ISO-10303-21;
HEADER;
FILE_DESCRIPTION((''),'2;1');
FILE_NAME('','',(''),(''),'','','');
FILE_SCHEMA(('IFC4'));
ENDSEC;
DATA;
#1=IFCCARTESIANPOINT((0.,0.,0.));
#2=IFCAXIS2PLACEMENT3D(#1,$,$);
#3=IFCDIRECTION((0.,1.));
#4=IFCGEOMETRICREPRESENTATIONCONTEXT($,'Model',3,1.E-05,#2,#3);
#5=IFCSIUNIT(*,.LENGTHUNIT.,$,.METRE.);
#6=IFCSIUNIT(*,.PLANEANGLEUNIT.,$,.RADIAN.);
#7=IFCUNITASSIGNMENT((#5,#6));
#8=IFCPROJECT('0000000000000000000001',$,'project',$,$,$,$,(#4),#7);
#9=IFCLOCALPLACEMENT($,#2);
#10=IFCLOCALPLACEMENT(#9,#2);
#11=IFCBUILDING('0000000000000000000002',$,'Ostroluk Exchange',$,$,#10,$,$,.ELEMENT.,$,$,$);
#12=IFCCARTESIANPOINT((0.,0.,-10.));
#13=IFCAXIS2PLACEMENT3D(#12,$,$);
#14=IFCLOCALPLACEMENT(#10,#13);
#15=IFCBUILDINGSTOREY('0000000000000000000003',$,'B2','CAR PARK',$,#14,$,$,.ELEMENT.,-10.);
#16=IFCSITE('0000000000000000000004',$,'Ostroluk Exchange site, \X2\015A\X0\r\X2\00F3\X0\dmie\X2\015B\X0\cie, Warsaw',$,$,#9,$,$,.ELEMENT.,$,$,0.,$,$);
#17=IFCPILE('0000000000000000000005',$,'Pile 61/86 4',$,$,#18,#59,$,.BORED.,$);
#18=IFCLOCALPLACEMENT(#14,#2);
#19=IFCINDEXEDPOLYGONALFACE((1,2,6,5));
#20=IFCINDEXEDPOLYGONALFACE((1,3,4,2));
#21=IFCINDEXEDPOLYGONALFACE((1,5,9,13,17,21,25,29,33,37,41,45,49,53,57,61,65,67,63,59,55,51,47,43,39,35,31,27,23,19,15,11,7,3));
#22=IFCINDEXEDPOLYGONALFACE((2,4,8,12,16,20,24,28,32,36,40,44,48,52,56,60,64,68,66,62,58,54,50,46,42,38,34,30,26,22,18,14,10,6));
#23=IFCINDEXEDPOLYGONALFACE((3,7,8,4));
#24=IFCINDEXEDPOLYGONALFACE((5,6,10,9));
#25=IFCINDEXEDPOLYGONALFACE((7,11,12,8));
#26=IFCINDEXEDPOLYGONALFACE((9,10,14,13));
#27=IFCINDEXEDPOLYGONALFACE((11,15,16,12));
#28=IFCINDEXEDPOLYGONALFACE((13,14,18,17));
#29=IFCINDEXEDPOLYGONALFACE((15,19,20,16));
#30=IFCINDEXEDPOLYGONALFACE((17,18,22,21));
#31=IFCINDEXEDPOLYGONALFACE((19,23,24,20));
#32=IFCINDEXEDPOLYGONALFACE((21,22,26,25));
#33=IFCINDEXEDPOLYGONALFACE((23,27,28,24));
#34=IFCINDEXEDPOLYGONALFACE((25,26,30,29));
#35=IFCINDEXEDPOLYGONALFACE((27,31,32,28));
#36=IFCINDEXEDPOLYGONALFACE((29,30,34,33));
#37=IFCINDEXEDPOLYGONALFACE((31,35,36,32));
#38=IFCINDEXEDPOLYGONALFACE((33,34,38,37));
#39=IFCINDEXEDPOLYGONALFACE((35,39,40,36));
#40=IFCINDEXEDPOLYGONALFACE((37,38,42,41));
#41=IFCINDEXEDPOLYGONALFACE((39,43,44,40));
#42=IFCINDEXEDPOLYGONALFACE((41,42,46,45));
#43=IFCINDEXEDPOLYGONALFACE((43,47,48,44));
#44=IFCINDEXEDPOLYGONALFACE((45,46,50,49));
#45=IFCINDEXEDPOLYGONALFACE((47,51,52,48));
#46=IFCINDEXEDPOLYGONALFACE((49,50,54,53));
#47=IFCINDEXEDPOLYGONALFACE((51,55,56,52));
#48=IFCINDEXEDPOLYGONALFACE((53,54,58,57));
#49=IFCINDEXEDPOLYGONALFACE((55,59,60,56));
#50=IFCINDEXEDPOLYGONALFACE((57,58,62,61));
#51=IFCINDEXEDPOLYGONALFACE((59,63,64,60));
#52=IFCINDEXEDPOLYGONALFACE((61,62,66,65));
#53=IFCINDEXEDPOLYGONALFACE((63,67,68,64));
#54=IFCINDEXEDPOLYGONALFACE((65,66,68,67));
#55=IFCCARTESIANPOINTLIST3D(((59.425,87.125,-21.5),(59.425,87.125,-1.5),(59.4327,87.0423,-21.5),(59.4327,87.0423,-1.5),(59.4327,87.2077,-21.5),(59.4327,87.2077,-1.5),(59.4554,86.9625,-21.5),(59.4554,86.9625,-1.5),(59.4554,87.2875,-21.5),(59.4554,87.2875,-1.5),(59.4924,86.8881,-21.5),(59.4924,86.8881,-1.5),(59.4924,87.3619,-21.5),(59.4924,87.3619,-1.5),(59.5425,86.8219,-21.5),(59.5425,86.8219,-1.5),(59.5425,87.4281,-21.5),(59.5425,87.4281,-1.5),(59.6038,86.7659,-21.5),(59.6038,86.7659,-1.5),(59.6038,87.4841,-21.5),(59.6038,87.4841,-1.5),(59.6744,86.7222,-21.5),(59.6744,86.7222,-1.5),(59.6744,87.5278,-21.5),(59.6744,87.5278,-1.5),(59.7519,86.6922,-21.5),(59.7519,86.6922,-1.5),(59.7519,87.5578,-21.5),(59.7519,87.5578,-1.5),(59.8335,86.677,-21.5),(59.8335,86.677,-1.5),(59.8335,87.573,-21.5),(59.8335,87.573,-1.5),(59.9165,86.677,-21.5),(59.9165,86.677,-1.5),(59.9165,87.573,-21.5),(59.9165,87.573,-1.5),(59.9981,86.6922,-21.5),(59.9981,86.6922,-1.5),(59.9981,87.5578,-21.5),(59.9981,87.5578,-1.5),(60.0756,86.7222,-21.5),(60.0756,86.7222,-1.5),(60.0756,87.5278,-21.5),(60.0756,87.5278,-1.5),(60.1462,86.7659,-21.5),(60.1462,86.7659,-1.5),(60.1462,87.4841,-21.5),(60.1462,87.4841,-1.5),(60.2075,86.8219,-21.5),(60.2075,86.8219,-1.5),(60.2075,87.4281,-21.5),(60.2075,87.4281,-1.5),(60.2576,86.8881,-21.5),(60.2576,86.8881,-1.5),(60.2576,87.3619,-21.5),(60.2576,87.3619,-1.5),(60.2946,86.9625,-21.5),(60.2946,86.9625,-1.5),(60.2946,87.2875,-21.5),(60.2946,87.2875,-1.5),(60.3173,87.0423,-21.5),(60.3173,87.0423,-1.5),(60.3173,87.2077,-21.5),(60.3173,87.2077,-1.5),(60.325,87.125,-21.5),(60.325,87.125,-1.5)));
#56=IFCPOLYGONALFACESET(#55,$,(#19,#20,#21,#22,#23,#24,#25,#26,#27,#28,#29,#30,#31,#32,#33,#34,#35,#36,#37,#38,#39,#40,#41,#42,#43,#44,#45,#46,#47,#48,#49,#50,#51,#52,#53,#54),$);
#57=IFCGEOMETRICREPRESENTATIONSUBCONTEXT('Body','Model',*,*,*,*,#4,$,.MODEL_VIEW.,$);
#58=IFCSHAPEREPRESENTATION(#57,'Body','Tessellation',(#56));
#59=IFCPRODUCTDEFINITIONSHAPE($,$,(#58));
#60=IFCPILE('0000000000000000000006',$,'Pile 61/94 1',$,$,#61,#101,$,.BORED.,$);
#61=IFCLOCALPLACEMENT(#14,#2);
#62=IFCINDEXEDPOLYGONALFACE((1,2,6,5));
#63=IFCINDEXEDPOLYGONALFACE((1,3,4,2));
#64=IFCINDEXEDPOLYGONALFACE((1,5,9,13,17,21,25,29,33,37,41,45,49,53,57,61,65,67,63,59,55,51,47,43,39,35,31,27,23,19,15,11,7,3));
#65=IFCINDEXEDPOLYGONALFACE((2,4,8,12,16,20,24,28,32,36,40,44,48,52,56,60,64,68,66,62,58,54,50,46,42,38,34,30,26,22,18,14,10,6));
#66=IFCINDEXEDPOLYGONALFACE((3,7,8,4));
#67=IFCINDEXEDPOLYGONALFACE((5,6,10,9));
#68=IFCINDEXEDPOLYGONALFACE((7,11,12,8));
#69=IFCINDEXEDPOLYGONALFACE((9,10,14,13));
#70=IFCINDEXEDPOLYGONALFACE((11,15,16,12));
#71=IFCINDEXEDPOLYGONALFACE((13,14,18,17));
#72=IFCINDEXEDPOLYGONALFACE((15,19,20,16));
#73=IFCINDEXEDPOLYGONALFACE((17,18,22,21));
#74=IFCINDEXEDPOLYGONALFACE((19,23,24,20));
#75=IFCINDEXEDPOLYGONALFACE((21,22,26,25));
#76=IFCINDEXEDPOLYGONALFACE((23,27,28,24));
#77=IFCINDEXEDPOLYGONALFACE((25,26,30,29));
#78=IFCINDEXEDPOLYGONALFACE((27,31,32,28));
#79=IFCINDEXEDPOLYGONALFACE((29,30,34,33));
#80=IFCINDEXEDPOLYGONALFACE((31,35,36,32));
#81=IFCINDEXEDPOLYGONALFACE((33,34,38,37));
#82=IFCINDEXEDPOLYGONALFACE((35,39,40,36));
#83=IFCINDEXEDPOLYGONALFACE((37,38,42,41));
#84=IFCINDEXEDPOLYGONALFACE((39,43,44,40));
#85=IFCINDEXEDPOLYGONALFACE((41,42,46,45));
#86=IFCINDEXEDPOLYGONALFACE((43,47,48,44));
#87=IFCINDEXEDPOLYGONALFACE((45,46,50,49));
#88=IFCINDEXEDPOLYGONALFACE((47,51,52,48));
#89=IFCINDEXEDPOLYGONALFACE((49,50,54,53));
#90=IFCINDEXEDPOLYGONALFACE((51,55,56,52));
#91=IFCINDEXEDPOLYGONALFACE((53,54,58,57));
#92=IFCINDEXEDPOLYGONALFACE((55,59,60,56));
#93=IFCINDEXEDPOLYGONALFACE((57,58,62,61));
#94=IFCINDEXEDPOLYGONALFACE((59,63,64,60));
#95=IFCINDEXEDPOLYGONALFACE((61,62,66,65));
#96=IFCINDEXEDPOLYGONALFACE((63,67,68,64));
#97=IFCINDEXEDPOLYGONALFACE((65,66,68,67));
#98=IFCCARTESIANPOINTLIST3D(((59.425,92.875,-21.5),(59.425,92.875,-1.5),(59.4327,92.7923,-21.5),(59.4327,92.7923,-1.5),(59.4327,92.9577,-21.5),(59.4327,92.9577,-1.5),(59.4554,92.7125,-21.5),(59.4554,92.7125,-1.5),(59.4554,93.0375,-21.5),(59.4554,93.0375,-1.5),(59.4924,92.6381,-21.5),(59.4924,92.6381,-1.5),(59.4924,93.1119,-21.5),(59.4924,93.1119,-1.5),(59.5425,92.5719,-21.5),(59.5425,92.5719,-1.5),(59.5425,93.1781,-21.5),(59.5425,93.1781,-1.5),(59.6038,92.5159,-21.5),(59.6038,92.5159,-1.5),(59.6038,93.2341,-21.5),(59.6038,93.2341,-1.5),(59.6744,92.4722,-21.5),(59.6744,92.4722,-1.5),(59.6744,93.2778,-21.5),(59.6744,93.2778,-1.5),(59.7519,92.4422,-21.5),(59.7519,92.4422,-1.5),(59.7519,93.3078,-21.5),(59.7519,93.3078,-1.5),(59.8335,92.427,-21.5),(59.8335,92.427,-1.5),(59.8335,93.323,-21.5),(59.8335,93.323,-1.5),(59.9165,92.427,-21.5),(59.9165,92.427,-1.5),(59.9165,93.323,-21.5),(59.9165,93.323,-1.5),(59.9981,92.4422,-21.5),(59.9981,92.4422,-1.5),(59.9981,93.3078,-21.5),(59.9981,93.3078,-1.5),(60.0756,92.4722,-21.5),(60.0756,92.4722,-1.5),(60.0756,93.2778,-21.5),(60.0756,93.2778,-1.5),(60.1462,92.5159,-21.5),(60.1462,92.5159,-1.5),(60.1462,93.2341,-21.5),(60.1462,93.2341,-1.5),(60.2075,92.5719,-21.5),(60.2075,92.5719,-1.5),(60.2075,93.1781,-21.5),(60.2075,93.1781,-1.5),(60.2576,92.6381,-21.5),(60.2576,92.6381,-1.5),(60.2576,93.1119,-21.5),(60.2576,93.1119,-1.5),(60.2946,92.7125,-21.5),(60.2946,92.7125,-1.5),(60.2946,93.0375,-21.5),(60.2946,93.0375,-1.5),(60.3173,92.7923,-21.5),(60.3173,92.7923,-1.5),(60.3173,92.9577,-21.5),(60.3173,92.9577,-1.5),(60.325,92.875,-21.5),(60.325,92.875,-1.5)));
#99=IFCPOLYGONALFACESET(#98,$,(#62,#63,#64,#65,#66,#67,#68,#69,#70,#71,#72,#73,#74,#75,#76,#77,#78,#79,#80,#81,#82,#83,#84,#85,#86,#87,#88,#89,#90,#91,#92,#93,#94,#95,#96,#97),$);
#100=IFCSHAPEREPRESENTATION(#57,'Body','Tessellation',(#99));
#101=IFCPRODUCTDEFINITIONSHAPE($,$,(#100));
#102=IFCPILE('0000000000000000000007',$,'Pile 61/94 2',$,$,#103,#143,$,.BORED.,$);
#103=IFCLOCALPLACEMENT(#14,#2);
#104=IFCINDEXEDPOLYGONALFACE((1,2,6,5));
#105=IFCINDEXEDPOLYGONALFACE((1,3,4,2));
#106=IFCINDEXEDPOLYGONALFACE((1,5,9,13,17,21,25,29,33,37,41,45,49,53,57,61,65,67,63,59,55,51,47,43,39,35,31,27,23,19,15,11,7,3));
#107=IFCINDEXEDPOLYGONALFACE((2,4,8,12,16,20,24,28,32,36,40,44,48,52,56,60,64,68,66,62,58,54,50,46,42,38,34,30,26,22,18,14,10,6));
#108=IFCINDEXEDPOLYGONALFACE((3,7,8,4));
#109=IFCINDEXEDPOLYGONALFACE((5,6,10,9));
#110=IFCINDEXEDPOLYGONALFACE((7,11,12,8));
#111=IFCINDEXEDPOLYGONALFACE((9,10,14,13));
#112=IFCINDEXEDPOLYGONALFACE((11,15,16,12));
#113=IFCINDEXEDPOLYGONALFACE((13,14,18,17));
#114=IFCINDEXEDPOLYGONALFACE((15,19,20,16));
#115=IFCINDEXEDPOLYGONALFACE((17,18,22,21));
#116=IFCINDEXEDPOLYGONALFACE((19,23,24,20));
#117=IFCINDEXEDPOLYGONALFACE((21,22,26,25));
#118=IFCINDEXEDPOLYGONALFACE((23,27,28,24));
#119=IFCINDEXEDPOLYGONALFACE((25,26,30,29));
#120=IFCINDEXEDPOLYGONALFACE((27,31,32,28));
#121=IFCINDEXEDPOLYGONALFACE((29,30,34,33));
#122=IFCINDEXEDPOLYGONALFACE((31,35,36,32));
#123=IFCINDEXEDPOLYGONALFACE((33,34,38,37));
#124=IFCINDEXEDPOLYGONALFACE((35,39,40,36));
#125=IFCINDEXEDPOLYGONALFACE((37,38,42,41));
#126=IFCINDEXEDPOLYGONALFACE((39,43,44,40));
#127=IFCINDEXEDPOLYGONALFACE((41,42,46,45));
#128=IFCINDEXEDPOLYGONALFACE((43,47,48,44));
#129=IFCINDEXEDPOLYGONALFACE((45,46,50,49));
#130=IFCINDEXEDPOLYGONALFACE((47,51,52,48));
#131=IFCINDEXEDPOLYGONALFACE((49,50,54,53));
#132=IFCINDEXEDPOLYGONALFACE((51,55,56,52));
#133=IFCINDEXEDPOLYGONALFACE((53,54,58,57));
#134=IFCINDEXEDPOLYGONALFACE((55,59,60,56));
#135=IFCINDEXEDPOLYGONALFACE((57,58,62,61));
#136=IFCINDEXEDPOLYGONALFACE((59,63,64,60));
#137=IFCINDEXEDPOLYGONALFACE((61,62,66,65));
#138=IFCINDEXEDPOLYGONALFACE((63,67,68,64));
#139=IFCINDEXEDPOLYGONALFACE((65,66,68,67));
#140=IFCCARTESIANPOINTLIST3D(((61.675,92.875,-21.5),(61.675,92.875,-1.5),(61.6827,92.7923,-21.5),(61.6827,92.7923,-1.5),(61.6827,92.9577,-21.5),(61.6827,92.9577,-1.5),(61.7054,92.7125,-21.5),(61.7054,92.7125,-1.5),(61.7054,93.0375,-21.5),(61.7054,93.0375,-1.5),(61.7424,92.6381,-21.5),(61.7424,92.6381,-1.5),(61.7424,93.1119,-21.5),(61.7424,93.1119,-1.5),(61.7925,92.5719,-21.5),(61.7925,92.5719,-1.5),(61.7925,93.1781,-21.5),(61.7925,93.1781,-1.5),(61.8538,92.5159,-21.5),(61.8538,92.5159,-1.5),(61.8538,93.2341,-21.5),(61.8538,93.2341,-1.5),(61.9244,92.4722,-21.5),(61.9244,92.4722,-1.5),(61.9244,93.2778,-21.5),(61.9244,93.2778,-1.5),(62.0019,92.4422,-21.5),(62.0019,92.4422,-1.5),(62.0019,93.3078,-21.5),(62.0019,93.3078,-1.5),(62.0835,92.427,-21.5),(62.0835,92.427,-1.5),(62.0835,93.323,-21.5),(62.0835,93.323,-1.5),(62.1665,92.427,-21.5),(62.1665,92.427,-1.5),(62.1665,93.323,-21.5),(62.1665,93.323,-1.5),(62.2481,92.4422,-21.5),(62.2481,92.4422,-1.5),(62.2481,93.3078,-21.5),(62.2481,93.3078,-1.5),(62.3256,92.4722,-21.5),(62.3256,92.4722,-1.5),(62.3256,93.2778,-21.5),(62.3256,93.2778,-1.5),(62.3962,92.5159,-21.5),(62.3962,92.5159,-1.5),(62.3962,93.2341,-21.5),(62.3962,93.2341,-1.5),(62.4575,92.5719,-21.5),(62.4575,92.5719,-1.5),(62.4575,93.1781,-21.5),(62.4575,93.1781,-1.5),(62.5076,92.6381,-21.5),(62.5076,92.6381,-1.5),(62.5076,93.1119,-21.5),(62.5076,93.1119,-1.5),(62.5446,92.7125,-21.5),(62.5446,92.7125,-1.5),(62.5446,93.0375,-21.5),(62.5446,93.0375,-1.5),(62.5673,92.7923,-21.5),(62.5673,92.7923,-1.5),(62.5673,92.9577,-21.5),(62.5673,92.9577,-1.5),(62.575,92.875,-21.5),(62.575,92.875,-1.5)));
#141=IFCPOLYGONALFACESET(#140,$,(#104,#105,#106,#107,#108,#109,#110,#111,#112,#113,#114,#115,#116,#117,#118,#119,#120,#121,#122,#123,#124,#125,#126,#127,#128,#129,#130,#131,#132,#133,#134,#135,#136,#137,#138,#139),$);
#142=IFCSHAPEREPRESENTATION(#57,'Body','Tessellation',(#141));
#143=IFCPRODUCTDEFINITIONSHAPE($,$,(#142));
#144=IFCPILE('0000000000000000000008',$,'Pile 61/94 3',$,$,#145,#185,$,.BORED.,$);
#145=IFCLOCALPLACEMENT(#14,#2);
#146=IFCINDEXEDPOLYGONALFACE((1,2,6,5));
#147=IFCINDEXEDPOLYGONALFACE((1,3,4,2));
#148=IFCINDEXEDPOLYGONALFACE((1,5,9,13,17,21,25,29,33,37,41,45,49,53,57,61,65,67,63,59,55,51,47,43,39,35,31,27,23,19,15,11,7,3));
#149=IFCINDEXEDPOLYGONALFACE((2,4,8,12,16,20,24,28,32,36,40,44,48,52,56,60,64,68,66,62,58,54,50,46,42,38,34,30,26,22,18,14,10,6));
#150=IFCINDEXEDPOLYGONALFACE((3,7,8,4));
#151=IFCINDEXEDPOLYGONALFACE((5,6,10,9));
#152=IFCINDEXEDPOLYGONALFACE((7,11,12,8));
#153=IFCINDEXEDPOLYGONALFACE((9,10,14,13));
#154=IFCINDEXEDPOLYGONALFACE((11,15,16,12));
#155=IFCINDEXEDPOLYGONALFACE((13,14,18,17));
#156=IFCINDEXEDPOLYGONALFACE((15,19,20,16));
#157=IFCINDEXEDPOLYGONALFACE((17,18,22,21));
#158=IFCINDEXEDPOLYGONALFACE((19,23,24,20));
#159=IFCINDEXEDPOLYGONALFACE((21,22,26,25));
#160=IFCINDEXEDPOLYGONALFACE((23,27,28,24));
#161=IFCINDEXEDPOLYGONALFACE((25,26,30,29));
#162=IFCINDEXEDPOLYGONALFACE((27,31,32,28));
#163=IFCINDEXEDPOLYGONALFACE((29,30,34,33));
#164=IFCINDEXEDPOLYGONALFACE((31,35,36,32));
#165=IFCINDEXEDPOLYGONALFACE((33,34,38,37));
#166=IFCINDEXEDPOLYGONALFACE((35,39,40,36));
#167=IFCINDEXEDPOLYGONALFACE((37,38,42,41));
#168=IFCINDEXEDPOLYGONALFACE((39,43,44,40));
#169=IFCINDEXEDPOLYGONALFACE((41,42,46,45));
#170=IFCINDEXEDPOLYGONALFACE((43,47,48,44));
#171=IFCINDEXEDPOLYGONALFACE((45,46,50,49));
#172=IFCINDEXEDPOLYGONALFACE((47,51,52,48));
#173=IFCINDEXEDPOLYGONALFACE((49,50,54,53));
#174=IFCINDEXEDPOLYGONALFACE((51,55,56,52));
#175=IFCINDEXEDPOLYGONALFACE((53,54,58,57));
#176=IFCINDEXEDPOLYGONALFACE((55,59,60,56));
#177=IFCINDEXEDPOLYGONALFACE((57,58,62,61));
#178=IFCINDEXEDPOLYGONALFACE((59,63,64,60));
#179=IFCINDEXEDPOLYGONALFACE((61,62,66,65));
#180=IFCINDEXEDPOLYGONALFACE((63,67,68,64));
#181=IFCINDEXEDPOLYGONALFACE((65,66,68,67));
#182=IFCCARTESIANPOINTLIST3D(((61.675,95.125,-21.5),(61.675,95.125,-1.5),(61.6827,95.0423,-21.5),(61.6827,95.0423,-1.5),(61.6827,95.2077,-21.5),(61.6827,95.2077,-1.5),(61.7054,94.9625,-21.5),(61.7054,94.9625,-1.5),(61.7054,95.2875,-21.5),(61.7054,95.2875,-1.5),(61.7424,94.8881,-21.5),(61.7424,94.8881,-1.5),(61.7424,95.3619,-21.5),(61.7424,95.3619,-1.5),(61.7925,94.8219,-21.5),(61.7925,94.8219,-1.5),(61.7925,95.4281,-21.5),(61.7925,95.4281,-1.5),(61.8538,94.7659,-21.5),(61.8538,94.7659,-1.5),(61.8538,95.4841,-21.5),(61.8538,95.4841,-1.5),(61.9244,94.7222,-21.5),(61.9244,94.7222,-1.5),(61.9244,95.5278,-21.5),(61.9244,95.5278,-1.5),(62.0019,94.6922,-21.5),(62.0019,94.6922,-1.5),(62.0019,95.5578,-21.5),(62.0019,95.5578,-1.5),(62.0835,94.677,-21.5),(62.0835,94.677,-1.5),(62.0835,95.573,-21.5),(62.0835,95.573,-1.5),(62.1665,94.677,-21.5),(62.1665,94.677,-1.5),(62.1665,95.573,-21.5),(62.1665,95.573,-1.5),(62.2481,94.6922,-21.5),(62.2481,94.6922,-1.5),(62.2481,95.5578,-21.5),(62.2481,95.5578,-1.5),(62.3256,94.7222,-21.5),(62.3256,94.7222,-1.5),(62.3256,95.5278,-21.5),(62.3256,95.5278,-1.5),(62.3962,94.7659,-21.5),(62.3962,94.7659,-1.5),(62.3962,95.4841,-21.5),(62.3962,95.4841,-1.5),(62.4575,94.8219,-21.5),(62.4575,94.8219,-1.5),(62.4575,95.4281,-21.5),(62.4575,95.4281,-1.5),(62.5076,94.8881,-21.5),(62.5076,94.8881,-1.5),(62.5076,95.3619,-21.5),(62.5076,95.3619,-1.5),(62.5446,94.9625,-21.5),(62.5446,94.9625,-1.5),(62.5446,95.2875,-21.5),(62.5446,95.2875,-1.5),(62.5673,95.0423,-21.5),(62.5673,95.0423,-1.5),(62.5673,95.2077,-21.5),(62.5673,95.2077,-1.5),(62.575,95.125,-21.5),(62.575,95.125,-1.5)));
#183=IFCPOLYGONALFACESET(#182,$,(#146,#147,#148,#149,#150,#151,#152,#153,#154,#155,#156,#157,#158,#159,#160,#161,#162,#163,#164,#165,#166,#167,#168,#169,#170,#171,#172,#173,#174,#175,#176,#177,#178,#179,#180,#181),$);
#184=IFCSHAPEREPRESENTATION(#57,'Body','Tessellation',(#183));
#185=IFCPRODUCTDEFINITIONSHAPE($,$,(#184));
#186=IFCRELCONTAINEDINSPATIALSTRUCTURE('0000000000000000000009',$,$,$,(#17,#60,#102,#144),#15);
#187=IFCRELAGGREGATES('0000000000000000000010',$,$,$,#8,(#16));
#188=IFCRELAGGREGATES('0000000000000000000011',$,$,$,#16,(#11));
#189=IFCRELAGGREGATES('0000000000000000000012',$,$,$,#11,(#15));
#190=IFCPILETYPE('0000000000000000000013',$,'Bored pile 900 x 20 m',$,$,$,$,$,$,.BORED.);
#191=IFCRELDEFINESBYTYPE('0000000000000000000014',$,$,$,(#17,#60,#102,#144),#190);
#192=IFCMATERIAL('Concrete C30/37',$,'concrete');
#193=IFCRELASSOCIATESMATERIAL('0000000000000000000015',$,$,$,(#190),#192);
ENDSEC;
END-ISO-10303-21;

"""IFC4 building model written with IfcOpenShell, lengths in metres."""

from ifc_helpers import new_model, si_unit, direction, frame, origin, origin_2d, place, context, subcontext, project, spatial, circle, extrude, material, type_object, element, save


model = new_model("IFC4")

# Units and contexts
model_context = context("Model", 3, precision=1e-05, world=origin(), true_north=direction((0.0, 1.0)))
body_context = subcontext(model_context, "Body", "Model", "MODEL_VIEW")
ifc_project = project(units=[si_unit("LENGTHUNIT", "METRE"), si_unit("PLANEANGLEUNIT", "RADIAN")], contexts=[model_context])

# Site, building, storey
site_placement = place(None, origin())
site = spatial("IfcSite", under=ifc_project, at=site_placement, Name="Ostroluk Exchange site, Śródmieście, Warsaw", CompositionType="ELEMENT", RefElevation=0.0)
building_placement = place(site_placement, origin())
building = spatial("IfcBuilding", under=site, at=building_placement, Name="Ostroluk Exchange", CompositionType="ELEMENT")
storey_placement = place(building_placement, frame((0.0, 0.0, -10.0)))
storey = spatial("IfcBuildingStorey", under=building, at=storey_placement, Name="B2", Description="CAR PARK", CompositionType="ELEMENT", Elevation=-10.0)

# Piles
ifc_material_1 = material(Name="Concrete C30/37", Category="concrete")
pile_type = type_object("IfcPileType", Name="Bored pile 900 x 20 m", PredefinedType="BORED", material=ifc_material_1)
for number, where, z_axis, x_axis, name in (
    (1, (59.875, 87.125, -1.5), (0.0, 0.0, -1.0), (1.0, 0.0, 0.0), "Pile 61/86 4"),
    (2, (59.875, 92.875, -1.5), (0.0, 0.0, -1.0), (1.0, 0.0, 0.0), "Pile 61/94 1"),
    (3, (62.125, 92.875, -1.5), (0.0, 0.0, -1.0), (1.0, 0.0, 0.0), "Pile 61/94 2"),
    (4, (62.125, 95.125, -1.5), (0.0, 0.0, -1.0), (1.0, 0.0, 0.0), "Pile 61/94 3"),
):
    element("IfcPile", number, at=place(storey_placement, frame(where, z_axis=z_axis, x_axis=x_axis)), inside=storey, type_object=pile_type, Name=name, PredefinedType="BORED", context=body_context, shape_type="SweptSolid", body=[
        extrude(circle(Radius=0.45, at=origin_2d()), origin(), (0.0, 0.0, 1.0), 20.0),
    ])

save(model, "model.ifc")
